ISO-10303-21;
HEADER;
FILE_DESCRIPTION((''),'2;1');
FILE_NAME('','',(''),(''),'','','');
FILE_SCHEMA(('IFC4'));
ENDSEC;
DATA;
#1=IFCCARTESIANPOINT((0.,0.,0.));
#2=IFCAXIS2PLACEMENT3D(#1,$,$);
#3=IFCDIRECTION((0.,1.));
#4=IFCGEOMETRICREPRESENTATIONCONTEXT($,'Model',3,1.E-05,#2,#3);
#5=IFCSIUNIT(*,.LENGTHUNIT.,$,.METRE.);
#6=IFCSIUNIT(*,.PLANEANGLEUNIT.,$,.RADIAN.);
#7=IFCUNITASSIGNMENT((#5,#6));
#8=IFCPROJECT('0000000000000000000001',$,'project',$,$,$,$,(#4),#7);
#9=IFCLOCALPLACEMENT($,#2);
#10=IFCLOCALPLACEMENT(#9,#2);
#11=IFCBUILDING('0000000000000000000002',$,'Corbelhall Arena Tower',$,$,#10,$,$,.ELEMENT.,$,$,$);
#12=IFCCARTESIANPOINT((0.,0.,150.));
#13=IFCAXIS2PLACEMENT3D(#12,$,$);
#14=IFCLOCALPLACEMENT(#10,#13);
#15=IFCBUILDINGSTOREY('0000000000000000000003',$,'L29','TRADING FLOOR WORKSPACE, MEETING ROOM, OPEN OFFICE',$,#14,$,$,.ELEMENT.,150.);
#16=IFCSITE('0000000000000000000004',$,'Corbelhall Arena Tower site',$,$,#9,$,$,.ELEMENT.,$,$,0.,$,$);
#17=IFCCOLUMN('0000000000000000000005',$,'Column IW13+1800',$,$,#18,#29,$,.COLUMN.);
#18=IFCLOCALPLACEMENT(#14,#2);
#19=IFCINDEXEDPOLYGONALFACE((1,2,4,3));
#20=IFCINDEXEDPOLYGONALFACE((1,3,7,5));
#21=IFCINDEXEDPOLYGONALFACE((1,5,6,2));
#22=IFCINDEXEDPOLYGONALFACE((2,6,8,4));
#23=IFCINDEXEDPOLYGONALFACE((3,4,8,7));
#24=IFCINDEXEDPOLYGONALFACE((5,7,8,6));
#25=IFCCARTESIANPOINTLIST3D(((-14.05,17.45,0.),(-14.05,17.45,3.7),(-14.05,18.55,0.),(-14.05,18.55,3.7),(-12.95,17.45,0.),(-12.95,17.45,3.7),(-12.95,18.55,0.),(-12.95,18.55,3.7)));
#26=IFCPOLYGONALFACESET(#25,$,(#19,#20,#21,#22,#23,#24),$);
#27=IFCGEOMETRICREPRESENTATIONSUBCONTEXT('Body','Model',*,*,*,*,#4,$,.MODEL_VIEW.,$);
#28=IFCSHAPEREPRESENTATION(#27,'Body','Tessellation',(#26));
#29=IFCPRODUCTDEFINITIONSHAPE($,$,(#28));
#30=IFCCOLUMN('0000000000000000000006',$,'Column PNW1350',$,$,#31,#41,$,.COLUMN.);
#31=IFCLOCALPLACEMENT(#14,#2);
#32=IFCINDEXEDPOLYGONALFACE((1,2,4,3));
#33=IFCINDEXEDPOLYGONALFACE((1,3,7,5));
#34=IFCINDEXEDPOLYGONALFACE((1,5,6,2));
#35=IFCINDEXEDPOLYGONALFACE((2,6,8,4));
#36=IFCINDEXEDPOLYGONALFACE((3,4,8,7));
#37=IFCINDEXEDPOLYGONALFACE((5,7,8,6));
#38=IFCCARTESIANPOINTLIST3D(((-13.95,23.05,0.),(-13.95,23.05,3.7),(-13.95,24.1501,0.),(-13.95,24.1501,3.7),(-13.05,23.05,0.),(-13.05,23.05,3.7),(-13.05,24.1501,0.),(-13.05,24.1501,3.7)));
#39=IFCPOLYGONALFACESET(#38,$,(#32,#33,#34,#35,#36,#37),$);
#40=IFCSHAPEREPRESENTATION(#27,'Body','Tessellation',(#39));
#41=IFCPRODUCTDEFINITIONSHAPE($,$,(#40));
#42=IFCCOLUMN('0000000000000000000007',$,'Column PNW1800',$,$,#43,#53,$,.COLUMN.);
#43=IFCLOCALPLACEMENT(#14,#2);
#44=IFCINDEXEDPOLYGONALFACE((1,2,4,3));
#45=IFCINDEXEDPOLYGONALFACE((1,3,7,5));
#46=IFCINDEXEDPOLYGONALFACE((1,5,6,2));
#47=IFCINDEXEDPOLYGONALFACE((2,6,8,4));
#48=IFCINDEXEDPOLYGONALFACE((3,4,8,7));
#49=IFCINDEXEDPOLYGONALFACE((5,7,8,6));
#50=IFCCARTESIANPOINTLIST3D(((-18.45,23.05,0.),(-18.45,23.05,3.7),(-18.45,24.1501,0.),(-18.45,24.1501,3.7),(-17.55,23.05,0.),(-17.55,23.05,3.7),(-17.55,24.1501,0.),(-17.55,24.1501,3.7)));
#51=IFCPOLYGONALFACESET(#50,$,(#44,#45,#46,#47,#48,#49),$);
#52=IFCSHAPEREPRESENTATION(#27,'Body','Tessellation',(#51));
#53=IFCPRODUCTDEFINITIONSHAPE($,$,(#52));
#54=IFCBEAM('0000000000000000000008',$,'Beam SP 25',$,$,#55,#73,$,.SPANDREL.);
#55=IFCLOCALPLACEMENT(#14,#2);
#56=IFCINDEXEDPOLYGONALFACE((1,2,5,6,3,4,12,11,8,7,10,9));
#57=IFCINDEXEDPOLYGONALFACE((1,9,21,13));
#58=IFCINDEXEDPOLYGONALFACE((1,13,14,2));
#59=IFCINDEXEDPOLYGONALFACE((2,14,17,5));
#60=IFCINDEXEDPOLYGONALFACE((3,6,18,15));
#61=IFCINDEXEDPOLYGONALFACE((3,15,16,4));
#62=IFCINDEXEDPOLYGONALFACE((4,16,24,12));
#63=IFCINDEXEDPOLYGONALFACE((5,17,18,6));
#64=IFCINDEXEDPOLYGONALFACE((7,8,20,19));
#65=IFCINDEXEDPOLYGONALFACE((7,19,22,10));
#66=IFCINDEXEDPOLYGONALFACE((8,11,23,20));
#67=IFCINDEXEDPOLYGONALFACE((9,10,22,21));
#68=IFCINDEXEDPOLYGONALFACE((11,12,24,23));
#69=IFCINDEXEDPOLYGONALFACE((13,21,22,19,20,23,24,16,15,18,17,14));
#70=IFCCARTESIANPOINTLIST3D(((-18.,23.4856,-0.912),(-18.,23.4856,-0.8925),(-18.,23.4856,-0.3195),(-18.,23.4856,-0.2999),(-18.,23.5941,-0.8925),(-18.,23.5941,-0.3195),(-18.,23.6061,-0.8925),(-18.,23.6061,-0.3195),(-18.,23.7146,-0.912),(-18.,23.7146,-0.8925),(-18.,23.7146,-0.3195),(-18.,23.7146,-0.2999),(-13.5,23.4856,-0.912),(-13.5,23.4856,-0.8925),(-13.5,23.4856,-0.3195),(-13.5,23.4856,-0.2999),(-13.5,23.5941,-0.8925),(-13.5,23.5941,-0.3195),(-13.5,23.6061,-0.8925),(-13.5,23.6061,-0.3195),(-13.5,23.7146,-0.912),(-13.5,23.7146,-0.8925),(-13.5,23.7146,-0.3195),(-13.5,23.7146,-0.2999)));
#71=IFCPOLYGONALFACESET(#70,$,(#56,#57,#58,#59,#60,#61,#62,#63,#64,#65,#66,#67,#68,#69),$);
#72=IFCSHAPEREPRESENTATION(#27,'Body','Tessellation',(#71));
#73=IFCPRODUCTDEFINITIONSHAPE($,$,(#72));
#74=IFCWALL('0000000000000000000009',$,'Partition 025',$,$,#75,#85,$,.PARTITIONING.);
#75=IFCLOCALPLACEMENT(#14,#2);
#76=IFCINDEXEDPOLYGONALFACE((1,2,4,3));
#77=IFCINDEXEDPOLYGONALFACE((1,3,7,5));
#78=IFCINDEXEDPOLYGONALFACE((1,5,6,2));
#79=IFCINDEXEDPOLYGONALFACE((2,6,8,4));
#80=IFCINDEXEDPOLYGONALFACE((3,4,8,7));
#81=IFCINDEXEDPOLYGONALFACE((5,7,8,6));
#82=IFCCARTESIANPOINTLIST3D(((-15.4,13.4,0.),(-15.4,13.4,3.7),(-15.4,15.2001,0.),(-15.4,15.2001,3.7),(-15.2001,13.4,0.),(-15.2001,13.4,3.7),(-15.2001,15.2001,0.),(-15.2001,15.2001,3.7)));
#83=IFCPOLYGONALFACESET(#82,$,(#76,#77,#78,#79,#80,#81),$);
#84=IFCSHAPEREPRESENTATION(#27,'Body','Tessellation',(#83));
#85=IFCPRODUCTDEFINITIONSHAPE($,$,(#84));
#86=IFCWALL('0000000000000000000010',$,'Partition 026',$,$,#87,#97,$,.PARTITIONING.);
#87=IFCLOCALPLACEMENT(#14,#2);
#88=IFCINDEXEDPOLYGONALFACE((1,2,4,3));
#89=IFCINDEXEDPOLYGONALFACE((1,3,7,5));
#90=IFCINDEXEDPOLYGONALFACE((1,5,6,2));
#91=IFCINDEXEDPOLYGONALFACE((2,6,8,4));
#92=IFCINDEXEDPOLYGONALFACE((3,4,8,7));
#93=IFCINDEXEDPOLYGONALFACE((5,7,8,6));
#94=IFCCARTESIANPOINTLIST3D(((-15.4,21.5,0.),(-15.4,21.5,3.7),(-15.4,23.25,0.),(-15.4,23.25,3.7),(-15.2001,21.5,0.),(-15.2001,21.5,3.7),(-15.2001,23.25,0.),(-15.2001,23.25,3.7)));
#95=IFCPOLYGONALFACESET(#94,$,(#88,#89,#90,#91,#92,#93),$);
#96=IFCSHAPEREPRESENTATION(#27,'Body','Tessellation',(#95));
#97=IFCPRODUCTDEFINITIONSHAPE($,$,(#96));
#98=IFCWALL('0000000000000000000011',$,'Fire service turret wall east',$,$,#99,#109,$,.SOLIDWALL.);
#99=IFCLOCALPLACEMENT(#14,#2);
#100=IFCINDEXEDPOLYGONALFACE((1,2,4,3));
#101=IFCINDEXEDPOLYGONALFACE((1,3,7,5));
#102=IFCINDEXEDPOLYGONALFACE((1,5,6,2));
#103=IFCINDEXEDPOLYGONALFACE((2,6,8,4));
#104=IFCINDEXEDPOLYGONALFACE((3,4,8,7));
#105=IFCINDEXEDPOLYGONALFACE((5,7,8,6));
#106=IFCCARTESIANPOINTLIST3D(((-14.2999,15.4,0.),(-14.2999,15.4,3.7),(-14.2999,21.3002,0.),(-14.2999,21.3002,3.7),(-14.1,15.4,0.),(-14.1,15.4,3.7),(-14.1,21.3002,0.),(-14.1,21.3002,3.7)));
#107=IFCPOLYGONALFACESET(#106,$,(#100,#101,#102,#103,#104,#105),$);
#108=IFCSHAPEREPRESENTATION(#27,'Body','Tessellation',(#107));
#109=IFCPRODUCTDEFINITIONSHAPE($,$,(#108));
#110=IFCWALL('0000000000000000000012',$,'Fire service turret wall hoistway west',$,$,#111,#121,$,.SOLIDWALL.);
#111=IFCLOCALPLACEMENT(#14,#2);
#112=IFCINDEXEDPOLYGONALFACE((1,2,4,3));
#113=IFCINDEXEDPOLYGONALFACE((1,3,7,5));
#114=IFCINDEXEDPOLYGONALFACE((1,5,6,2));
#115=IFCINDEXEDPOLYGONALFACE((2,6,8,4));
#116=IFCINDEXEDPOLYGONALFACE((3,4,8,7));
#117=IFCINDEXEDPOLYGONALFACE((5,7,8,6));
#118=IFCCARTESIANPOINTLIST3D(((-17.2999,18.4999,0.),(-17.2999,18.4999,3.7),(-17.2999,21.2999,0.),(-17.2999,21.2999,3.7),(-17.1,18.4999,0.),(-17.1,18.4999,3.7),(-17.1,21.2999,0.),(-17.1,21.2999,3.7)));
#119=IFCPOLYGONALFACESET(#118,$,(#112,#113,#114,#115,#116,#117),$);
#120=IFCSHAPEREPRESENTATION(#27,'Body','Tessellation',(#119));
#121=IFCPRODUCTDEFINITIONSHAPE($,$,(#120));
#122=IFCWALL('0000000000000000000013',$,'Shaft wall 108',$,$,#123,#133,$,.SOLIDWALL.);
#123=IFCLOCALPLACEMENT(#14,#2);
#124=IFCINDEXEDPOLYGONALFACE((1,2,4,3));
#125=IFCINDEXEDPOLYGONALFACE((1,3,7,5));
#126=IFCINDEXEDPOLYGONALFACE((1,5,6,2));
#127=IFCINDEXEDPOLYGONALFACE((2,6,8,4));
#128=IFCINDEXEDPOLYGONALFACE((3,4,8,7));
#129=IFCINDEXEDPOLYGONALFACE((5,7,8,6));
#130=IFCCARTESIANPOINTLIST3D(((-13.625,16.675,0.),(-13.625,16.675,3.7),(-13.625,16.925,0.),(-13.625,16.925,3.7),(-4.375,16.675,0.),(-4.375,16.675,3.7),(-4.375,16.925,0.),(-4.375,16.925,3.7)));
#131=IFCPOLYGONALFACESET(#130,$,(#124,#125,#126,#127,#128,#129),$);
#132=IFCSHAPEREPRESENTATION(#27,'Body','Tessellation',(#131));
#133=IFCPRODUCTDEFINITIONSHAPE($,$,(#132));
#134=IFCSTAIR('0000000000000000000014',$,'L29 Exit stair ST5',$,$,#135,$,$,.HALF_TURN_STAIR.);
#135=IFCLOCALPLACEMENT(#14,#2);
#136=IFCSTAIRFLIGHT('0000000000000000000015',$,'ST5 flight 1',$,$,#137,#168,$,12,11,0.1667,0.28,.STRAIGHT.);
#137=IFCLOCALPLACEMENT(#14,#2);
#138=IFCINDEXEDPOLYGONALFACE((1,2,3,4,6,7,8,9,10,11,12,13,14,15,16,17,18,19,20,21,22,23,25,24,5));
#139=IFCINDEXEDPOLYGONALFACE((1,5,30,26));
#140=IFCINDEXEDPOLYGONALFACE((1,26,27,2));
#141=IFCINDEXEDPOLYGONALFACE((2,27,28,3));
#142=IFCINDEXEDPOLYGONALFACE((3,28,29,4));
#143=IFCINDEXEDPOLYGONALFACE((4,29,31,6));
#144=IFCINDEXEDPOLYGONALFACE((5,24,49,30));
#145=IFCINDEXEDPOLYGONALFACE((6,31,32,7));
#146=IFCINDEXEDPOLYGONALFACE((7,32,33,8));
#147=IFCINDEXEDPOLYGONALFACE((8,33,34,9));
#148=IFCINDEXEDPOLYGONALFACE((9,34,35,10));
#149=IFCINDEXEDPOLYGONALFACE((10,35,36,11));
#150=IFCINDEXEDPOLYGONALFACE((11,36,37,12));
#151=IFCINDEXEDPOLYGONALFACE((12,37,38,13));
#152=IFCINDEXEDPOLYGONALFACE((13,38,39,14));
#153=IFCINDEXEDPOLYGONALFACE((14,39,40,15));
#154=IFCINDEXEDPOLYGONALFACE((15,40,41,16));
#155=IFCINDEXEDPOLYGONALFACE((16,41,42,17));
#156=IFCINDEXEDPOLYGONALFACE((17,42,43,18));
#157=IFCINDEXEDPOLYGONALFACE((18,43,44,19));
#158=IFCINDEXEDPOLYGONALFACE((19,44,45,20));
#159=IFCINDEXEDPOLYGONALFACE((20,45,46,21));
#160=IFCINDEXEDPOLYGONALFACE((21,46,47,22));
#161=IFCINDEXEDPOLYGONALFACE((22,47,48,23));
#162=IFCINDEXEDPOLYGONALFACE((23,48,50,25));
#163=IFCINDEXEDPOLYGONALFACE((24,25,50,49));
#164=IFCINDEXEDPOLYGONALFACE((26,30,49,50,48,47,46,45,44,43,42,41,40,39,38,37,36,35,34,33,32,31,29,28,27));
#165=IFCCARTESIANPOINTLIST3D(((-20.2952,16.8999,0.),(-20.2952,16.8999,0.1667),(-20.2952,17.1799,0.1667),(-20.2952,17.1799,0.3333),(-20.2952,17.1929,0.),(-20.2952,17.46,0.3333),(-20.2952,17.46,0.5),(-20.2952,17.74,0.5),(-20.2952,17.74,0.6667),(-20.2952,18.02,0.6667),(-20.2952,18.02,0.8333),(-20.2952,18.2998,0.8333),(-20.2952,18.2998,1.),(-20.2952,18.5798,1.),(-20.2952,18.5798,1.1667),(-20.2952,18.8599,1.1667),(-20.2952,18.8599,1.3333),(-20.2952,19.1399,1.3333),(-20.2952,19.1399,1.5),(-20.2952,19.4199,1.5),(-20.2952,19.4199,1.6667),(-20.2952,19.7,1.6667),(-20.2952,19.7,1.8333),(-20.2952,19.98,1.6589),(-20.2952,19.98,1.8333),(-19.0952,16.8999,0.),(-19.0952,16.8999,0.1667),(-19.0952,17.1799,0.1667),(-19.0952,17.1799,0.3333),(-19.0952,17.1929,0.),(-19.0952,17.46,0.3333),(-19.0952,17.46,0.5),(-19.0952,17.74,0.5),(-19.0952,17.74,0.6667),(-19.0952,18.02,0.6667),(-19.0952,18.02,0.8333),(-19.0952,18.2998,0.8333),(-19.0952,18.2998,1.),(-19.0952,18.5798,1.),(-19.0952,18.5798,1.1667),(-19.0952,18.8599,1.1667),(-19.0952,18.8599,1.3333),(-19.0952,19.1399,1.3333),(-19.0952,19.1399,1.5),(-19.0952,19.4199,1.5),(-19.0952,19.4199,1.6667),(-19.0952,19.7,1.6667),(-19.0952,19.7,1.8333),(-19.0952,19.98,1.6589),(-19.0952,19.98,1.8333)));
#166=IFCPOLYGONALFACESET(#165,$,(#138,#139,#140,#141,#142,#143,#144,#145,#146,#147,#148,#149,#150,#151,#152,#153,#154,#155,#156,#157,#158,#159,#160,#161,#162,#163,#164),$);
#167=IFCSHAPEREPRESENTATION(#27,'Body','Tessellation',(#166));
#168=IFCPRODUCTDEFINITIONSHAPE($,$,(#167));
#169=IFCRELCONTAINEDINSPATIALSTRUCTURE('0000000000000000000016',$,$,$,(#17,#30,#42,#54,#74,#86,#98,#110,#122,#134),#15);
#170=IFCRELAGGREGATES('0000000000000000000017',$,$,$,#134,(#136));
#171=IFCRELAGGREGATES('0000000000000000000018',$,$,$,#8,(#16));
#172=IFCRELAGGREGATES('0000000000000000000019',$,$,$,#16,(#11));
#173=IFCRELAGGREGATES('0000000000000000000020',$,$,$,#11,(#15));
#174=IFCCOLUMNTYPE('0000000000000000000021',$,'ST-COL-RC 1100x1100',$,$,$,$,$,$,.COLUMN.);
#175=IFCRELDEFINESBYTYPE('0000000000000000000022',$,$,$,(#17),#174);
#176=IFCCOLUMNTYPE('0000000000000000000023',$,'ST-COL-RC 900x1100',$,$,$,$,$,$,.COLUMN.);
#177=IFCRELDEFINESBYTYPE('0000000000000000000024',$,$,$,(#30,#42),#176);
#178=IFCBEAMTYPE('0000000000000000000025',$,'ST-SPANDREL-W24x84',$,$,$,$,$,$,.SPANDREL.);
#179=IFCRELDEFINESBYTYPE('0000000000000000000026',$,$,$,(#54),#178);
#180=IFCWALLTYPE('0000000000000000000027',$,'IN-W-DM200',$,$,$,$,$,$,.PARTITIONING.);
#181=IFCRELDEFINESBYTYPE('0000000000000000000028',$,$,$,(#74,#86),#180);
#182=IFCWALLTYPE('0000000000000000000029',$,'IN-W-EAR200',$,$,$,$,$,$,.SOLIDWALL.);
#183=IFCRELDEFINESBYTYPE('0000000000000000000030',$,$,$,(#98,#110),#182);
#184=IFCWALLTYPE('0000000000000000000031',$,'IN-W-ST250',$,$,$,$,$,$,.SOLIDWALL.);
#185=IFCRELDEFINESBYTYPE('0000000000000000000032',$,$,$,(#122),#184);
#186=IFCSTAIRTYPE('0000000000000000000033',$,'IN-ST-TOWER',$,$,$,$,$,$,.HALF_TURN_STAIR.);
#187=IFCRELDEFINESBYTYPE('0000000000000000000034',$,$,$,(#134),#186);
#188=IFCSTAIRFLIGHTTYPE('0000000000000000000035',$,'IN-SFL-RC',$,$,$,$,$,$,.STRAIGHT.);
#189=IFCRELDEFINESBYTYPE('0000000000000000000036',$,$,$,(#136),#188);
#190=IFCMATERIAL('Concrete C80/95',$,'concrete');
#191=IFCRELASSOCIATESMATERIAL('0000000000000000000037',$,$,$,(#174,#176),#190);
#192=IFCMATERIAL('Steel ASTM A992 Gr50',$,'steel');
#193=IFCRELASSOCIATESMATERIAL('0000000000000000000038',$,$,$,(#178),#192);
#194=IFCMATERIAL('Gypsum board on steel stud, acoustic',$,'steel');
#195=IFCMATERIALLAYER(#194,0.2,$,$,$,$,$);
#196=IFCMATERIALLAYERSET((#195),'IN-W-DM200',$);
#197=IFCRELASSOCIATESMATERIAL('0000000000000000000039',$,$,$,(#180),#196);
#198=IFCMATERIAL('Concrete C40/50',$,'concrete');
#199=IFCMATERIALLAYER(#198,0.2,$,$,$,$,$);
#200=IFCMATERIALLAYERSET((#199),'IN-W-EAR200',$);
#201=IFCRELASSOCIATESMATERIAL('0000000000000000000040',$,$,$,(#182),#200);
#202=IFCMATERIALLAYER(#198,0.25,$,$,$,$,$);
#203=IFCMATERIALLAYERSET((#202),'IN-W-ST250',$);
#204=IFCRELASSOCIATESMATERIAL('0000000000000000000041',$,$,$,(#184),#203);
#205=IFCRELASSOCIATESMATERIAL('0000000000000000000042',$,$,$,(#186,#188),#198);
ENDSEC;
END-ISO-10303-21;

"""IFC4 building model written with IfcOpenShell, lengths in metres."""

from ifc_helpers import new_model, si_unit, direction, frame, frame_2d, origin, origin_2d, place, context, subcontext, project, spatial, polyline, rectangle, i_section, outline, extrude, material, layer, layer_set, material_profile, profile_set, type_object, element, aggregate, save


model = new_model("IFC4")

# Units and contexts
model_context = context("Model", 3, precision=1e-05, world=origin(), true_north=direction((0.0, 1.0)))
body_context = subcontext(model_context, "Body", "Model", "MODEL_VIEW")
ifc_project = project(units=[si_unit("LENGTHUNIT", "METRE"), si_unit("PLANEANGLEUNIT", "RADIAN")], contexts=[model_context])

# Site, building, storey
site_placement = place(None, origin())
site = spatial("IfcSite", under=ifc_project, at=site_placement, Name="Corbelhall Arena Tower site", CompositionType="ELEMENT", RefElevation=0.0)
building_placement = place(site_placement, origin())
building = spatial("IfcBuilding", under=site, at=building_placement, Name="Corbelhall Arena Tower", CompositionType="ELEMENT")
storey_placement = place(building_placement, frame((0.0, 0.0, 150.0)))
storey = spatial("IfcBuildingStorey", under=building, at=storey_placement, Name="L29", Description="TRADING FLOOR WORKSPACE, MEETING ROOM, OPEN OFFICE", CompositionType="ELEMENT", Elevation=150.0)

# Columns
ifc_material_1 = material(Name="Concrete C80/95", Category="concrete")
ifc_material_profile_1 = material_profile(ifc_material_1, rectangle(XDim=1.1001, YDim=1.1001, at=origin_2d()))
ifc_profile_set_1 = profile_set([ifc_material_profile_1], Name="Concrete C80/95")
column_type_1 = type_object("IfcColumnType", Name="ST-COL-RC 1100x1100", PredefinedType="COLUMN", material=ifc_profile_set_1)
column_placement = place(storey_placement, frame((-13.5, 18.0, 0.0), z_axis=(0.0, 0.0, 1.0), x_axis=(1.0, 0.0, 0.0)))
element("IfcColumn", 1, at=column_placement, inside=storey, type_object=column_type_1, Name="Column IW13+1800", PredefinedType="COLUMN", context=body_context, shape_type="SweptSolid", body=[
    extrude(rectangle(XDim=1.1001, YDim=1.1001, at=origin_2d()), origin(), (0.0, 0.0, 1.0), 3.7),
])
ifc_material_profile_2 = material_profile(ifc_material_1, rectangle(XDim=0.8999, YDim=1.1001, at=origin_2d()))
ifc_profile_set_2 = profile_set([ifc_material_profile_2], Name="Concrete C80/95")
column_type_2 = type_object("IfcColumnType", Name="ST-COL-RC 900x1100", PredefinedType="COLUMN", material=ifc_profile_set_2)
for number, where, z_axis, x_axis, name in (
    (2, (-13.5, 23.6001, 0.0), (0.0, 0.0, 1.0), (1.0, 0.0, 0.0), "Column PNW1350"),
    (3, (-18.0, 23.6001, 0.0), (0.0, 0.0, 1.0), (1.0, 0.0, 0.0), "Column PNW1800"),
):
    element("IfcColumn", number, at=place(storey_placement, frame(where, z_axis=z_axis, x_axis=x_axis)), inside=storey, type_object=column_type_2, Name=name, PredefinedType="COLUMN", context=body_context, shape_type="SweptSolid", body=[
        extrude(rectangle(XDim=0.8999, YDim=1.1001, at=origin_2d()), origin(), (0.0, 0.0, 1.0), 3.7),
    ])

# Beam
ifc_material_2 = material(Name="Steel ASTM A992 Gr50", Category="steel")
ifc_material_profile_3 = material_profile(ifc_material_2, i_section(OverallWidth=0.229, OverallDepth=0.6121, WebThickness=0.012, FlangeThickness=0.0195, at=origin_2d()))
ifc_profile_set_3 = profile_set([ifc_material_profile_3], Name="Steel ASTM A992 Gr50")
beam_type = type_object("IfcBeamType", Name="ST-SPANDREL-W24x84", PredefinedType="SPANDREL", material=ifc_profile_set_3)
beam_placement = place(storey_placement, frame((-18.0, 23.6001, -0.606), z_axis=(1.0, 0.0, 0.0), x_axis=(0.0, 1.0, 0.0)))
element("IfcBeam", 4, at=beam_placement, inside=storey, type_object=beam_type, Name="Beam SP 25", PredefinedType="SPANDREL", context=body_context, shape_type="SweptSolid", body=[
    extrude(i_section(OverallWidth=0.229, OverallDepth=0.6121, WebThickness=0.012, FlangeThickness=0.0195, at=origin_2d()), origin(), (0.0, 0.0, 1.0), 4.5),
])

# Walls
ifc_material_3 = material(Name="Gypsum board on steel stud, acoustic", Category="steel")
ifc_layer_1 = layer(ifc_material_3, 0.2)
ifc_layer_set_1 = layer_set([ifc_layer_1], Name="IN-W-DM200")
wall_type_1 = type_object("IfcWallType", Name="IN-W-DM200", PredefinedType="PARTITIONING", material=ifc_layer_set_1)
wall_1_placement = place(storey_placement, frame((-15.3, 15.2, 0.0), z_axis=(0.0, 0.0, 1.0), x_axis=(0.0, -1.0, 0.0)))
element("IfcWall", 5, at=wall_1_placement, inside=storey, type_object=wall_type_1, Name="Partition 025", PredefinedType="PARTITIONING", context=body_context, shape_type="SweptSolid", body=[
    extrude(rectangle(XDim=1.8, YDim=0.2, at=frame_2d((0.8999, 0.0))), origin(), (0.0, 0.0, 1.0), 3.7),
])
wall_2_placement = place(storey_placement, frame((-15.3, 23.25, 0.0), z_axis=(0.0, 0.0, 1.0), x_axis=(0.0, -1.0, 0.0)))
element("IfcWall", 6, at=wall_2_placement, inside=storey, type_object=wall_type_1, Name="Partition 026", PredefinedType="PARTITIONING", context=body_context, shape_type="SweptSolid", body=[
    extrude(rectangle(XDim=1.75, YDim=0.2, at=frame_2d((0.875, 0.0))), origin(), (0.0, 0.0, 1.0), 3.7),
])
ifc_material_4 = material(Name="Concrete C40/50", Category="concrete")
ifc_layer_2 = layer(ifc_material_4, 0.2)
ifc_layer_set_2 = layer_set([ifc_layer_2], Name="IN-W-EAR200")
wall_type_2 = type_object("IfcWallType", Name="IN-W-EAR200", PredefinedType="SOLIDWALL", material=ifc_layer_set_2)
wall_3_placement = place(storey_placement, frame((-14.2, 15.3999, 0.0), z_axis=(0.0, 0.0, 1.0), x_axis=(0.0, 1.0, 0.0)))
element("IfcWall", 7, at=wall_3_placement, inside=storey, type_object=wall_type_2, Name="Fire service turret wall east", PredefinedType="SOLIDWALL", context=body_context, shape_type="SweptSolid", body=[
    extrude(rectangle(XDim=5.9001, YDim=0.2, at=frame_2d((2.9502, 0.0))), origin(), (0.0, 0.0, 1.0), 3.7),
])

# Wall
wall_4_placement = place(storey_placement, frame((-17.2, 18.5, 0.0), z_axis=(0.0, 0.0, 1.0), x_axis=(0.0, 1.0, 0.0)))
element("IfcWall", 8, at=wall_4_placement, inside=storey, type_object=wall_type_2, Name="Fire service turret wall hoistway west", PredefinedType="SOLIDWALL", context=body_context, shape_type="SweptSolid", body=[
    extrude(rectangle(XDim=2.8, YDim=0.2, at=frame_2d((1.3999, 0.0))), origin(), (0.0, 0.0, 1.0), 3.7),
])

# Wall
ifc_layer_3 = layer(ifc_material_4, 0.25)
ifc_layer_set_3 = layer_set([ifc_layer_3], Name="IN-W-ST250")
wall_type_3 = type_object("IfcWallType", Name="IN-W-ST250", PredefinedType="SOLIDWALL", material=ifc_layer_set_3)
wall_5_placement = place(storey_placement, frame((-13.625, 16.8, 0.0), z_axis=(0.0, 0.0, 1.0), x_axis=(1.0, 0.0, 0.0)))
element("IfcWall", 9, at=wall_5_placement, inside=storey, type_object=wall_type_3, Name="Shaft wall 108", PredefinedType="SOLIDWALL", context=body_context, shape_type="SweptSolid", body=[
    extrude(rectangle(XDim=9.25, YDim=0.25, at=frame_2d((4.625, 0.0))), origin(), (0.0, 0.0, 1.0), 3.7),
])

# Stair, stair flight
stair_type = type_object("IfcStairType", Name="IN-ST-TOWER", PredefinedType="HALF_TURN_STAIR", material=ifc_material_4)
stair_placement = place(storey_placement, origin())
stair = element("IfcStair", 10, at=stair_placement, inside=storey, type_object=stair_type, Name="L29 Exit stair ST5", PredefinedType="HALF_TURN_STAIR")
stair_flight_type = type_object("IfcStairFlightType", Name="IN-SFL-RC", PredefinedType="STRAIGHT", material=ifc_material_4)
stair_flight_placement = place(storey_placement, frame((-19.6951, 16.8999, 0.0), z_axis=(0.0, 0.0, 1.0), x_axis=(0.0, 1.0, 0.0)))
stair_flight = element("IfcStairFlight", 11, at=stair_flight_placement, type_object=stair_flight_type, Name="ST5 flight 1", NumberOfRisers=12, NumberOfTreads=11, PredefinedType="STRAIGHT", RiserHeight=0.1667, TreadLength=0.28, context=body_context, shape_type="SweptSolid", body=[
    extrude(outline(polyline([(0.0, 0.0), (0.0, 0.1667), (0.28, 0.1667), (0.28, 0.3333), (0.5601, 0.3333), (0.5601, 0.5), (0.8401, 0.5), (0.8401, 0.6667), (1.1201, 0.6667), (1.1201, 0.8333), (1.3999, 0.8333), (1.3999, 1.0), (1.6799, 1.0), (1.6799, 1.1667), (1.96, 1.1667), (1.96, 1.3333), (2.24, 1.3333), (2.24, 1.5), (2.52, 1.5), (2.52, 1.6667), (2.8, 1.6667), (2.8, 1.8333), (3.0801, 1.8333), (3.0801, 2.0), (3.0801, 1.6589), (0.293, 0.0), (0.0, 0.0)])), frame((0.0, 0.6001, 0.0), z_axis=(0.0, -1.0, 0.0), x_axis=(1.0, 0.0, 0.0)), (0.0, 0.0, 1.0), 1.2),
])
aggregate(stair, [stair_flight])

save(model, "model.ifc")
